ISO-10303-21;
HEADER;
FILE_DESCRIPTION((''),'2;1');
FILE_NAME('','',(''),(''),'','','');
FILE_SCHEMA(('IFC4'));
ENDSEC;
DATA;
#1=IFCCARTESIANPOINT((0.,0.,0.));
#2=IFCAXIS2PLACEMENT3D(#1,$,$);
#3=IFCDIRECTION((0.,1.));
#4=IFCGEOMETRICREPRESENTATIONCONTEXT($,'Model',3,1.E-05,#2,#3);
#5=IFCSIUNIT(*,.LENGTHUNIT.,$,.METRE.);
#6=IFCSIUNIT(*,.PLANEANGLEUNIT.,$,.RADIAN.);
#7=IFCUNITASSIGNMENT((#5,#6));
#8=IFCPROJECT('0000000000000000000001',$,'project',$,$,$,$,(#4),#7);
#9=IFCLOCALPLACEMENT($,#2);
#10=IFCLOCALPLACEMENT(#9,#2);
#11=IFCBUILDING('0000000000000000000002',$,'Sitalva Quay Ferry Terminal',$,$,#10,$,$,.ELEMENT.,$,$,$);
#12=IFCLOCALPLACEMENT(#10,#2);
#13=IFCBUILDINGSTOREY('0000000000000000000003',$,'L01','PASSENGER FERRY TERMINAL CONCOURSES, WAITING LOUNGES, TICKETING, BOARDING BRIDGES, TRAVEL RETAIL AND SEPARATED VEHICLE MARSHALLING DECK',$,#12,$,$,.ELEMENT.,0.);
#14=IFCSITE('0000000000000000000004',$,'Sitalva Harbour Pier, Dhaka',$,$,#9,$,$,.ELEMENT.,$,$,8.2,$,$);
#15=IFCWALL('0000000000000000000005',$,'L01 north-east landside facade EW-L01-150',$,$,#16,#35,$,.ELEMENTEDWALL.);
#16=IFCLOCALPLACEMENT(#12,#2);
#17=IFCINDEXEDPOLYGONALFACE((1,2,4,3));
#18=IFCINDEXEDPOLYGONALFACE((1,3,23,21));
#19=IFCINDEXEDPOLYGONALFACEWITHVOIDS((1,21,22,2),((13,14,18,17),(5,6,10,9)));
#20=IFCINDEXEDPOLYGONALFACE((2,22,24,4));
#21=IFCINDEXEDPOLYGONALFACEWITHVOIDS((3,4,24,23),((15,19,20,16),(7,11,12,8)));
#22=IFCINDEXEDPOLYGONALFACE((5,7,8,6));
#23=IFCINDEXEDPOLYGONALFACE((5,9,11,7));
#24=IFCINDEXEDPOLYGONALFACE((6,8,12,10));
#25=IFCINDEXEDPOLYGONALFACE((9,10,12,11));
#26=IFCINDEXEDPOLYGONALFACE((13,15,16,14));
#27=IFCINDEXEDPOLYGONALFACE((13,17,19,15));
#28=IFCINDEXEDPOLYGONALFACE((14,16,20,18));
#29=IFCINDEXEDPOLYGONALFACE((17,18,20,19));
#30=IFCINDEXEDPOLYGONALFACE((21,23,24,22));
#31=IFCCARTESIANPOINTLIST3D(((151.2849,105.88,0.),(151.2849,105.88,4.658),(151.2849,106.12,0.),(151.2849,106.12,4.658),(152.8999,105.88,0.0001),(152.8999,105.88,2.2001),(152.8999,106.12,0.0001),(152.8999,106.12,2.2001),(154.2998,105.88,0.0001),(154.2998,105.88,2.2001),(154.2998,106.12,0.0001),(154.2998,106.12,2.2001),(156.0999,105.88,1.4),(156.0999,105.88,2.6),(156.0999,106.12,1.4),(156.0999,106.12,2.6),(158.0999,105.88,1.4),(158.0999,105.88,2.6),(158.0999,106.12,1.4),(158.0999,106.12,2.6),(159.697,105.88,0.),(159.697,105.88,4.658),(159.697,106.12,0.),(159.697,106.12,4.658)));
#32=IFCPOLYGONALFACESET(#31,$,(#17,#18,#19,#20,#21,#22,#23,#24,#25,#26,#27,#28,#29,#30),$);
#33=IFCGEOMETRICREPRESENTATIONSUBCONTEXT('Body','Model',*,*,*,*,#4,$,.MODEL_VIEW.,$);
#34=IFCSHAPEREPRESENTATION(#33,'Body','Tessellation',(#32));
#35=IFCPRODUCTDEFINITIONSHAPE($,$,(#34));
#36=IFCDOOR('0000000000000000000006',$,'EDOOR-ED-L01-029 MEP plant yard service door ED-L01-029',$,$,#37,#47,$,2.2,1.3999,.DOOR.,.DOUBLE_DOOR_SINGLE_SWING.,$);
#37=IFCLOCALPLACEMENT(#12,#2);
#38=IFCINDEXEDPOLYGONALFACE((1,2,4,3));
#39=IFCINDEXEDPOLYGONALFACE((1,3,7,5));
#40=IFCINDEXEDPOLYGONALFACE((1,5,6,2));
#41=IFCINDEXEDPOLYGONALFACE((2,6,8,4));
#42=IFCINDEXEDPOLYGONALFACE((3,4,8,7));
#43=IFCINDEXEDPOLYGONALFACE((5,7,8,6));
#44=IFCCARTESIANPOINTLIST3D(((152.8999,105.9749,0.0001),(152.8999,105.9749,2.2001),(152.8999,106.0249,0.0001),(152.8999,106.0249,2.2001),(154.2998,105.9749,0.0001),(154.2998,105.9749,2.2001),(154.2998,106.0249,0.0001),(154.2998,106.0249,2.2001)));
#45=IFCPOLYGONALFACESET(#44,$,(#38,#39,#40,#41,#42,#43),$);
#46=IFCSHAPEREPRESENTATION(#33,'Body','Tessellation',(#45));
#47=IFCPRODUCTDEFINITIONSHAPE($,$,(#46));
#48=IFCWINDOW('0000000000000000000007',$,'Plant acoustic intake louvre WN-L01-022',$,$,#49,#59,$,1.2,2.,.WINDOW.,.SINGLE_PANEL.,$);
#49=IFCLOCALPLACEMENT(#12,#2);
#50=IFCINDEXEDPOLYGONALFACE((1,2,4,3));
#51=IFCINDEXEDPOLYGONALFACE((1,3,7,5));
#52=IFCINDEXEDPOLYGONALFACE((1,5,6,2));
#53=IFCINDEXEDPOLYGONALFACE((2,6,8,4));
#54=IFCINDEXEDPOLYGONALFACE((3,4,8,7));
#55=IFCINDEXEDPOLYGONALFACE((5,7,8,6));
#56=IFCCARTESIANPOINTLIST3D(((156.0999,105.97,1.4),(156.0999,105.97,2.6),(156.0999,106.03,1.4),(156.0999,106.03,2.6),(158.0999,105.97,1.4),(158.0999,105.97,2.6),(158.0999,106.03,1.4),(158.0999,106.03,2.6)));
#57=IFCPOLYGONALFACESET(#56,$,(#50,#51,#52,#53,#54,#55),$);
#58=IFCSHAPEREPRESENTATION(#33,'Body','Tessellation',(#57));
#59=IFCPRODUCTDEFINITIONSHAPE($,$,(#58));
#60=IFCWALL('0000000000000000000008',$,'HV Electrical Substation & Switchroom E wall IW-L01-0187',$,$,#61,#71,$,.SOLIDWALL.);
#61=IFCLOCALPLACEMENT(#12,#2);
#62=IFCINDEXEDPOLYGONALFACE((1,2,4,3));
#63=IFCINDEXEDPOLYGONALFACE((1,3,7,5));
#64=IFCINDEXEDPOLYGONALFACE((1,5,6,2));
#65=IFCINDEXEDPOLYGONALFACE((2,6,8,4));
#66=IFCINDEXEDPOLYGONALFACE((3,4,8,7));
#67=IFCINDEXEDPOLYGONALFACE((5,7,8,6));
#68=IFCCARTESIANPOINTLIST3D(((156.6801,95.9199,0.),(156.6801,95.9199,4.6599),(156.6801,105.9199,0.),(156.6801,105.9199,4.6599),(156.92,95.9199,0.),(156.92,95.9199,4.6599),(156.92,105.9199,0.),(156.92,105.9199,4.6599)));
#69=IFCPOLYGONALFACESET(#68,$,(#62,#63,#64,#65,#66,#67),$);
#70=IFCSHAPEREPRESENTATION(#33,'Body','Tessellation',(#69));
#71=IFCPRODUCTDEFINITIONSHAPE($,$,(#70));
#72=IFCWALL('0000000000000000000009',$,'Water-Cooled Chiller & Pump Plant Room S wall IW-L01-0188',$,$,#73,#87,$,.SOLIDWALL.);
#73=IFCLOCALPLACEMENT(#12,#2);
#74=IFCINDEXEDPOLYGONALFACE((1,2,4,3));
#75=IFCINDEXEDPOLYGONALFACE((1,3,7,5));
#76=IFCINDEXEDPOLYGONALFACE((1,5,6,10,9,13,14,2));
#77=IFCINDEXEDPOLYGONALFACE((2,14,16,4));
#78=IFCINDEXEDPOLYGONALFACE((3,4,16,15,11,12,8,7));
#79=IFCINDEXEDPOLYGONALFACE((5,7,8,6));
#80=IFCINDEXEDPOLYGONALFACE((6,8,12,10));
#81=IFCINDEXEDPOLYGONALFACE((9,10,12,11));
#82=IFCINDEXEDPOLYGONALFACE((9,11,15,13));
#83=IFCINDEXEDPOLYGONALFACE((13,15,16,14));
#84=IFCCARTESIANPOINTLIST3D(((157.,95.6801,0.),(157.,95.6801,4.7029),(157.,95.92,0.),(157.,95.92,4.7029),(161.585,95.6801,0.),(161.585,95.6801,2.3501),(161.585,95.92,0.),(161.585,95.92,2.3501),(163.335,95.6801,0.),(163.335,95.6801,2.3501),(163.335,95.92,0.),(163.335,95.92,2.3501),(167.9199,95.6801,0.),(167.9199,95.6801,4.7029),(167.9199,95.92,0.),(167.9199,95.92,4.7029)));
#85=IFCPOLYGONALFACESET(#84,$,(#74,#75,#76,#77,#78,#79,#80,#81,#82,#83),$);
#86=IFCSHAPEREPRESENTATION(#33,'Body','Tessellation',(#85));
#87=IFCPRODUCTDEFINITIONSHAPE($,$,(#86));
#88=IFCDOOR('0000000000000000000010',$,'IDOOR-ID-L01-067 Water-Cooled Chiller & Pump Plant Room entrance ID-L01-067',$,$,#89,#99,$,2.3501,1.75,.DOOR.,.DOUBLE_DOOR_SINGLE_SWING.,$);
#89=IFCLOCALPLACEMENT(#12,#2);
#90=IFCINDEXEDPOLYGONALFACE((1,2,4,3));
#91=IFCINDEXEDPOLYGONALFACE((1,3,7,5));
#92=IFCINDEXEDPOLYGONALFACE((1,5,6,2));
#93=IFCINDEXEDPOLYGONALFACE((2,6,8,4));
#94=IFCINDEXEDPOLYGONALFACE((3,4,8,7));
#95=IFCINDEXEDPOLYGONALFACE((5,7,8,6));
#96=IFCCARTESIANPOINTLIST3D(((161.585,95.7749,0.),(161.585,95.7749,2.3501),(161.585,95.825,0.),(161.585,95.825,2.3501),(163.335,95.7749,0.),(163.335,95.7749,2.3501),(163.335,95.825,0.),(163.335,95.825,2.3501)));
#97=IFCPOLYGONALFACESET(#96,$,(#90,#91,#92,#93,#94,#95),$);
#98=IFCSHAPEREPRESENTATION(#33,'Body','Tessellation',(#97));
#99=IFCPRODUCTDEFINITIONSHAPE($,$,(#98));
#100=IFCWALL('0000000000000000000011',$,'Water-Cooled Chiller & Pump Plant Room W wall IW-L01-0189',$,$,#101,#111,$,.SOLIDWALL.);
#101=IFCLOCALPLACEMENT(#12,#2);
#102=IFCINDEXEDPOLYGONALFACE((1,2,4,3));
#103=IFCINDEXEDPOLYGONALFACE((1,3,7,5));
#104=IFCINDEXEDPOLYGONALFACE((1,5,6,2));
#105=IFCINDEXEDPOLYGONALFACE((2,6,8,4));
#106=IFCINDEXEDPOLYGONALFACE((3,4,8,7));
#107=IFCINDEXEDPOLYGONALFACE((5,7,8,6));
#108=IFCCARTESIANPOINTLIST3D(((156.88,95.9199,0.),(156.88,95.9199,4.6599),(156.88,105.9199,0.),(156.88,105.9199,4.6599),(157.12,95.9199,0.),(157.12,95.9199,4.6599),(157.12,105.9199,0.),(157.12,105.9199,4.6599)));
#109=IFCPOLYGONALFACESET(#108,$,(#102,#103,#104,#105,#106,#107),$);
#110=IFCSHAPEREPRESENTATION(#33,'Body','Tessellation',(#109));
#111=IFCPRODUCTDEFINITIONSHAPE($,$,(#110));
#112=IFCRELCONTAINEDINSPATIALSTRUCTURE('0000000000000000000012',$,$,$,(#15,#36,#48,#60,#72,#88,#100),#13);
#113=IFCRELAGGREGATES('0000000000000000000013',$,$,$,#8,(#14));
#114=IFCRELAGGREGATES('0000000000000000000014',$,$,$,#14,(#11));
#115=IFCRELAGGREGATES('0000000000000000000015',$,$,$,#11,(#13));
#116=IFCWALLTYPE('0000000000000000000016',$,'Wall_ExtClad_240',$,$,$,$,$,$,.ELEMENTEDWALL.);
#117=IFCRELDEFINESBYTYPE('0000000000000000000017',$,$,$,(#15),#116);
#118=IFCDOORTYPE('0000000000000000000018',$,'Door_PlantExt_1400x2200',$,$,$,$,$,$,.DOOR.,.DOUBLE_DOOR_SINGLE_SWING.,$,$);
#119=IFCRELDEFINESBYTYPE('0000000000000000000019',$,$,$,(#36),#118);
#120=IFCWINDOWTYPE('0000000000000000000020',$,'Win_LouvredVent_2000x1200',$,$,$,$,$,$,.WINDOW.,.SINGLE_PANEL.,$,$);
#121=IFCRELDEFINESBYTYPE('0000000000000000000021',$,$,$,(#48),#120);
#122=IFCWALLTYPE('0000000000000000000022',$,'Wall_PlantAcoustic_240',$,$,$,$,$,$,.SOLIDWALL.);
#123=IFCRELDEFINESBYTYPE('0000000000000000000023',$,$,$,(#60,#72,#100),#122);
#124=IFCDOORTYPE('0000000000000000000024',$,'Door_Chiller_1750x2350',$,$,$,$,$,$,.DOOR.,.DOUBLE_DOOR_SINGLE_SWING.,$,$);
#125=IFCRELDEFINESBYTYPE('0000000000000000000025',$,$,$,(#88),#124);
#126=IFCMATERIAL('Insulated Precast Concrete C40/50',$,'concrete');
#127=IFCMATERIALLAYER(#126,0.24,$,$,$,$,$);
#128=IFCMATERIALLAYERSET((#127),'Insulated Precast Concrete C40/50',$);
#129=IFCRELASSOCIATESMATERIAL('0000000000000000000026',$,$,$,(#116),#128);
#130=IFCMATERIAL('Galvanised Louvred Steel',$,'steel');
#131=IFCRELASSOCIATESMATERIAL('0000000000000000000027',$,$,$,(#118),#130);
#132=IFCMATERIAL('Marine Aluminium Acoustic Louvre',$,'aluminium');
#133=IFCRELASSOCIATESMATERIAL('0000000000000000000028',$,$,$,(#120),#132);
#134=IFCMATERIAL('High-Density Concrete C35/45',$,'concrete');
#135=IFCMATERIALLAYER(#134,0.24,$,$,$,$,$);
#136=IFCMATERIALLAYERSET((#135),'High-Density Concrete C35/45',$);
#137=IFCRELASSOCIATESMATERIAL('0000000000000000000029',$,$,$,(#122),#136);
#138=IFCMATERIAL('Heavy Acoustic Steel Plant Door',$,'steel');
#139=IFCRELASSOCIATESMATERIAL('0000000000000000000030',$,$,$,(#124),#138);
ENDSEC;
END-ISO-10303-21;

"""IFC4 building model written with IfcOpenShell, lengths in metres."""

from ifc_helpers import new_model, si_unit, direction, frame, frame_2d, origin, place, context, subcontext, project, spatial, rectangle, extrude, material, layer, layer_set, type_object, element, fill, save


model = new_model("IFC4")

# Units and contexts
model_context = context("Model", 3, precision=1e-05, world=origin(), true_north=direction((0.0, 1.0)))
body_context = subcontext(model_context, "Body", "Model", "MODEL_VIEW")
ifc_project = project(units=[si_unit("LENGTHUNIT", "METRE"), si_unit("PLANEANGLEUNIT", "RADIAN")], contexts=[model_context])

# Site, building, storey
site_placement = place(None, origin())
site = spatial("IfcSite", under=ifc_project, at=site_placement, Name="Sitalva Harbour Pier, Dhaka", CompositionType="ELEMENT", RefElevation=8.2)
building_placement = place(site_placement, origin())
building = spatial("IfcBuilding", under=site, at=building_placement, Name="Sitalva Quay Ferry Terminal", CompositionType="ELEMENT")
storey_placement = place(building_placement, origin())
storey = spatial("IfcBuildingStorey", under=building, at=storey_placement, Name="L01", Description="PASSENGER FERRY TERMINAL CONCOURSES, WAITING LOUNGES, TICKETING, BOARDING BRIDGES, TRAVEL RETAIL AND SEPARATED VEHICLE MARSHALLING DECK", CompositionType="ELEMENT", Elevation=0.0)

# Wall, openings, door, window
ifc_material_1 = material(Name="Insulated Precast Concrete C40/50", Category="concrete")
ifc_layer_1 = layer(ifc_material_1, 0.24)
ifc_layer_set_1 = layer_set([ifc_layer_1], Name="Insulated Precast Concrete C40/50")
wall_type_1 = type_object("IfcWallType", Name="Wall_ExtClad_240", PredefinedType="ELEMENTEDWALL", material=ifc_layer_set_1)
wall_1_placement = place(storey_placement, frame((151.2849, 106.0, 0.0), z_axis=(0.0, 0.0, 1.0), x_axis=(1.0, 0.0, 0.0)))
wall_1 = element("IfcWall", 1, at=wall_1_placement, inside=storey, type_object=wall_type_1, Name="L01 north-east landside facade EW-L01-150", PredefinedType="ELEMENTEDWALL", context=body_context, shape_type="SweptSolid", body=[
    extrude(rectangle(XDim=8.4121, YDim=0.24, at=frame_2d((4.2061, 0.0))), origin(), (0.0, 0.0, 1.0), 4.658),
])
opening_1_placement = place(wall_1_placement, frame((1.615, 0.0, 0.0)))
opening_1 = element("IfcOpeningElement", 2, at=opening_1_placement, cuts=wall_1, PredefinedType="OPENING", context=body_context, shape_type="SweptSolid", body=[
    extrude(rectangle(XDim=1.3999, YDim=2.2, at=frame_2d((0.7, 1.1001))), frame((0.0, 0.1299, 0.0), z_axis=(0.0, -1.0, 0.0), x_axis=(1.0, 0.0, 0.0)), (0.0, 0.0, 1.0), 0.26),
])
opening_2_placement = place(wall_1_placement, frame((4.8149, 0.0, 1.3999)))
opening_2 = element("IfcOpeningElement", 3, at=opening_2_placement, cuts=wall_1, PredefinedType="OPENING", context=body_context, shape_type="SweptSolid", body=[
    extrude(rectangle(XDim=2.0, YDim=1.2, at=frame_2d((1.0, 0.6001))), frame((0.0, 0.1299, 0.0), z_axis=(0.0, -1.0, 0.0), x_axis=(1.0, 0.0, 0.0)), (0.0, 0.0, 1.0), 0.26),
])
ifc_material_2 = material(Name="Galvanised Louvred Steel", Category="steel")
door_type_1 = type_object("IfcDoorType", Name="Door_PlantExt_1400x2200", OperationType="DOUBLE_DOOR_SINGLE_SWING", PredefinedType="DOOR", material=ifc_material_2)
door_1_placement = place(opening_1_placement, origin())
door_1 = element("IfcDoor", 4, at=door_1_placement, inside=storey, type_object=door_type_1, Name="EDOOR-ED-L01-029 MEP plant yard service door ED-L01-029", OperationType="DOUBLE_DOOR_SINGLE_SWING", OverallHeight=2.2, OverallWidth=1.3999, PredefinedType="DOOR", context=body_context, shape_type="SweptSolid", body=[
    extrude(rectangle(XDim=1.3999, YDim=2.2, at=frame_2d((0.7, 1.1001))), frame((0.0, 0.0249, 0.0), z_axis=(0.0, -1.0, 0.0), x_axis=(1.0, 0.0, 0.0)), (0.0, 0.0, 1.0), 0.05),
])
fill(opening_1, door_1)
ifc_material_3 = material(Name="Marine Aluminium Acoustic Louvre", Category="aluminium")
window_type = type_object("IfcWindowType", Name="Win_LouvredVent_2000x1200", PartitioningType="SINGLE_PANEL", PredefinedType="WINDOW", material=ifc_material_3)
window_placement = place(opening_2_placement, origin())
window = element("IfcWindow", 5, at=window_placement, inside=storey, type_object=window_type, Name="Plant acoustic intake louvre WN-L01-022", OverallHeight=1.2, OverallWidth=2.0, PartitioningType="SINGLE_PANEL", PredefinedType="WINDOW", context=body_context, shape_type="SweptSolid", body=[
    extrude(rectangle(XDim=2.0, YDim=1.2, at=frame_2d((1.0, 0.6001))), frame((0.0, 0.03, 0.0), z_axis=(0.0, -1.0, 0.0), x_axis=(1.0, 0.0, 0.0)), (0.0, 0.0, 1.0), 0.0601),
])
fill(opening_2, window)

# Wall
ifc_material_4 = material(Name="High-Density Concrete C35/45", Category="concrete")
ifc_layer_2 = layer(ifc_material_4, 0.24)
ifc_layer_set_2 = layer_set([ifc_layer_2], Name="High-Density Concrete C35/45")
wall_type_2 = type_object("IfcWallType", Name="Wall_PlantAcoustic_240", PredefinedType="SOLIDWALL", material=ifc_layer_set_2)
wall_2_placement = place(storey_placement, frame((156.8, 95.9199, 0.0), z_axis=(0.0, 0.0, 1.0), x_axis=(0.0, 1.0, 0.0)))
element("IfcWall", 6, at=wall_2_placement, inside=storey, type_object=wall_type_2, Name="HV Electrical Substation & Switchroom E wall IW-L01-0187", PredefinedType="SOLIDWALL", context=body_context, shape_type="SweptSolid", body=[
    extrude(rectangle(XDim=10.0, YDim=0.24, at=frame_2d((5.0, 0.0))), origin(), (0.0, 0.0, 1.0), 4.6599),
])

# Wall, opening, door
wall_3_placement = place(storey_placement, frame((157.0, 95.8, 0.0), z_axis=(0.0, 0.0, 1.0), x_axis=(1.0, 0.0, 0.0)))
wall_3 = element("IfcWall", 7, at=wall_3_placement, inside=storey, type_object=wall_type_2, Name="Water-Cooled Chiller & Pump Plant Room S wall IW-L01-0188", PredefinedType="SOLIDWALL", context=body_context, shape_type="SweptSolid", body=[
    extrude(rectangle(XDim=10.9199, YDim=0.24, at=frame_2d((5.46, 0.0))), origin(), (0.0, 0.0, 1.0), 4.7029),
])
opening_3_placement = place(wall_3_placement, frame((4.585, 0.0, 0.0)))
opening_3 = element("IfcOpeningElement", 8, at=opening_3_placement, cuts=wall_3, PredefinedType="OPENING", context=body_context, shape_type="SweptSolid", body=[
    extrude(rectangle(XDim=1.75, YDim=2.3501, at=frame_2d((0.875, 1.175))), frame((0.0, 0.1299, 0.0), z_axis=(0.0, -1.0, 0.0), x_axis=(1.0, 0.0, 0.0)), (0.0, 0.0, 1.0), 0.26),
])
ifc_material_5 = material(Name="Heavy Acoustic Steel Plant Door", Category="steel")
door_type_2 = type_object("IfcDoorType", Name="Door_Chiller_1750x2350", OperationType="DOUBLE_DOOR_SINGLE_SWING", PredefinedType="DOOR", material=ifc_material_5)
door_2_placement = place(opening_3_placement, origin())
door_2 = element("IfcDoor", 9, at=door_2_placement, inside=storey, type_object=door_type_2, Name="IDOOR-ID-L01-067 Water-Cooled Chiller & Pump Plant Room entrance ID-L01-067", OperationType="DOUBLE_DOOR_SINGLE_SWING", OverallHeight=2.3501, OverallWidth=1.75, PredefinedType="DOOR", context=body_context, shape_type="SweptSolid", body=[
    extrude(rectangle(XDim=1.75, YDim=2.3501, at=frame_2d((0.875, 1.175))), frame((0.0, 0.0249, 0.0), z_axis=(0.0, -1.0, 0.0), x_axis=(1.0, 0.0, 0.0)), (0.0, 0.0, 1.0), 0.05),
])
fill(opening_3, door_2)

# Wall
wall_4_placement = place(storey_placement, frame((157.0, 95.9199, 0.0), z_axis=(0.0, 0.0, 1.0), x_axis=(0.0, 1.0, 0.0)))
element("IfcWall", 10, at=wall_4_placement, inside=storey, type_object=wall_type_2, Name="Water-Cooled Chiller & Pump Plant Room W wall IW-L01-0189", PredefinedType="SOLIDWALL", context=body_context, shape_type="SweptSolid", body=[
    extrude(rectangle(XDim=10.0, YDim=0.24, at=frame_2d((5.0, 0.0))), origin(), (0.0, 0.0, 1.0), 4.6599),
])

save(model, "model.ifc")
